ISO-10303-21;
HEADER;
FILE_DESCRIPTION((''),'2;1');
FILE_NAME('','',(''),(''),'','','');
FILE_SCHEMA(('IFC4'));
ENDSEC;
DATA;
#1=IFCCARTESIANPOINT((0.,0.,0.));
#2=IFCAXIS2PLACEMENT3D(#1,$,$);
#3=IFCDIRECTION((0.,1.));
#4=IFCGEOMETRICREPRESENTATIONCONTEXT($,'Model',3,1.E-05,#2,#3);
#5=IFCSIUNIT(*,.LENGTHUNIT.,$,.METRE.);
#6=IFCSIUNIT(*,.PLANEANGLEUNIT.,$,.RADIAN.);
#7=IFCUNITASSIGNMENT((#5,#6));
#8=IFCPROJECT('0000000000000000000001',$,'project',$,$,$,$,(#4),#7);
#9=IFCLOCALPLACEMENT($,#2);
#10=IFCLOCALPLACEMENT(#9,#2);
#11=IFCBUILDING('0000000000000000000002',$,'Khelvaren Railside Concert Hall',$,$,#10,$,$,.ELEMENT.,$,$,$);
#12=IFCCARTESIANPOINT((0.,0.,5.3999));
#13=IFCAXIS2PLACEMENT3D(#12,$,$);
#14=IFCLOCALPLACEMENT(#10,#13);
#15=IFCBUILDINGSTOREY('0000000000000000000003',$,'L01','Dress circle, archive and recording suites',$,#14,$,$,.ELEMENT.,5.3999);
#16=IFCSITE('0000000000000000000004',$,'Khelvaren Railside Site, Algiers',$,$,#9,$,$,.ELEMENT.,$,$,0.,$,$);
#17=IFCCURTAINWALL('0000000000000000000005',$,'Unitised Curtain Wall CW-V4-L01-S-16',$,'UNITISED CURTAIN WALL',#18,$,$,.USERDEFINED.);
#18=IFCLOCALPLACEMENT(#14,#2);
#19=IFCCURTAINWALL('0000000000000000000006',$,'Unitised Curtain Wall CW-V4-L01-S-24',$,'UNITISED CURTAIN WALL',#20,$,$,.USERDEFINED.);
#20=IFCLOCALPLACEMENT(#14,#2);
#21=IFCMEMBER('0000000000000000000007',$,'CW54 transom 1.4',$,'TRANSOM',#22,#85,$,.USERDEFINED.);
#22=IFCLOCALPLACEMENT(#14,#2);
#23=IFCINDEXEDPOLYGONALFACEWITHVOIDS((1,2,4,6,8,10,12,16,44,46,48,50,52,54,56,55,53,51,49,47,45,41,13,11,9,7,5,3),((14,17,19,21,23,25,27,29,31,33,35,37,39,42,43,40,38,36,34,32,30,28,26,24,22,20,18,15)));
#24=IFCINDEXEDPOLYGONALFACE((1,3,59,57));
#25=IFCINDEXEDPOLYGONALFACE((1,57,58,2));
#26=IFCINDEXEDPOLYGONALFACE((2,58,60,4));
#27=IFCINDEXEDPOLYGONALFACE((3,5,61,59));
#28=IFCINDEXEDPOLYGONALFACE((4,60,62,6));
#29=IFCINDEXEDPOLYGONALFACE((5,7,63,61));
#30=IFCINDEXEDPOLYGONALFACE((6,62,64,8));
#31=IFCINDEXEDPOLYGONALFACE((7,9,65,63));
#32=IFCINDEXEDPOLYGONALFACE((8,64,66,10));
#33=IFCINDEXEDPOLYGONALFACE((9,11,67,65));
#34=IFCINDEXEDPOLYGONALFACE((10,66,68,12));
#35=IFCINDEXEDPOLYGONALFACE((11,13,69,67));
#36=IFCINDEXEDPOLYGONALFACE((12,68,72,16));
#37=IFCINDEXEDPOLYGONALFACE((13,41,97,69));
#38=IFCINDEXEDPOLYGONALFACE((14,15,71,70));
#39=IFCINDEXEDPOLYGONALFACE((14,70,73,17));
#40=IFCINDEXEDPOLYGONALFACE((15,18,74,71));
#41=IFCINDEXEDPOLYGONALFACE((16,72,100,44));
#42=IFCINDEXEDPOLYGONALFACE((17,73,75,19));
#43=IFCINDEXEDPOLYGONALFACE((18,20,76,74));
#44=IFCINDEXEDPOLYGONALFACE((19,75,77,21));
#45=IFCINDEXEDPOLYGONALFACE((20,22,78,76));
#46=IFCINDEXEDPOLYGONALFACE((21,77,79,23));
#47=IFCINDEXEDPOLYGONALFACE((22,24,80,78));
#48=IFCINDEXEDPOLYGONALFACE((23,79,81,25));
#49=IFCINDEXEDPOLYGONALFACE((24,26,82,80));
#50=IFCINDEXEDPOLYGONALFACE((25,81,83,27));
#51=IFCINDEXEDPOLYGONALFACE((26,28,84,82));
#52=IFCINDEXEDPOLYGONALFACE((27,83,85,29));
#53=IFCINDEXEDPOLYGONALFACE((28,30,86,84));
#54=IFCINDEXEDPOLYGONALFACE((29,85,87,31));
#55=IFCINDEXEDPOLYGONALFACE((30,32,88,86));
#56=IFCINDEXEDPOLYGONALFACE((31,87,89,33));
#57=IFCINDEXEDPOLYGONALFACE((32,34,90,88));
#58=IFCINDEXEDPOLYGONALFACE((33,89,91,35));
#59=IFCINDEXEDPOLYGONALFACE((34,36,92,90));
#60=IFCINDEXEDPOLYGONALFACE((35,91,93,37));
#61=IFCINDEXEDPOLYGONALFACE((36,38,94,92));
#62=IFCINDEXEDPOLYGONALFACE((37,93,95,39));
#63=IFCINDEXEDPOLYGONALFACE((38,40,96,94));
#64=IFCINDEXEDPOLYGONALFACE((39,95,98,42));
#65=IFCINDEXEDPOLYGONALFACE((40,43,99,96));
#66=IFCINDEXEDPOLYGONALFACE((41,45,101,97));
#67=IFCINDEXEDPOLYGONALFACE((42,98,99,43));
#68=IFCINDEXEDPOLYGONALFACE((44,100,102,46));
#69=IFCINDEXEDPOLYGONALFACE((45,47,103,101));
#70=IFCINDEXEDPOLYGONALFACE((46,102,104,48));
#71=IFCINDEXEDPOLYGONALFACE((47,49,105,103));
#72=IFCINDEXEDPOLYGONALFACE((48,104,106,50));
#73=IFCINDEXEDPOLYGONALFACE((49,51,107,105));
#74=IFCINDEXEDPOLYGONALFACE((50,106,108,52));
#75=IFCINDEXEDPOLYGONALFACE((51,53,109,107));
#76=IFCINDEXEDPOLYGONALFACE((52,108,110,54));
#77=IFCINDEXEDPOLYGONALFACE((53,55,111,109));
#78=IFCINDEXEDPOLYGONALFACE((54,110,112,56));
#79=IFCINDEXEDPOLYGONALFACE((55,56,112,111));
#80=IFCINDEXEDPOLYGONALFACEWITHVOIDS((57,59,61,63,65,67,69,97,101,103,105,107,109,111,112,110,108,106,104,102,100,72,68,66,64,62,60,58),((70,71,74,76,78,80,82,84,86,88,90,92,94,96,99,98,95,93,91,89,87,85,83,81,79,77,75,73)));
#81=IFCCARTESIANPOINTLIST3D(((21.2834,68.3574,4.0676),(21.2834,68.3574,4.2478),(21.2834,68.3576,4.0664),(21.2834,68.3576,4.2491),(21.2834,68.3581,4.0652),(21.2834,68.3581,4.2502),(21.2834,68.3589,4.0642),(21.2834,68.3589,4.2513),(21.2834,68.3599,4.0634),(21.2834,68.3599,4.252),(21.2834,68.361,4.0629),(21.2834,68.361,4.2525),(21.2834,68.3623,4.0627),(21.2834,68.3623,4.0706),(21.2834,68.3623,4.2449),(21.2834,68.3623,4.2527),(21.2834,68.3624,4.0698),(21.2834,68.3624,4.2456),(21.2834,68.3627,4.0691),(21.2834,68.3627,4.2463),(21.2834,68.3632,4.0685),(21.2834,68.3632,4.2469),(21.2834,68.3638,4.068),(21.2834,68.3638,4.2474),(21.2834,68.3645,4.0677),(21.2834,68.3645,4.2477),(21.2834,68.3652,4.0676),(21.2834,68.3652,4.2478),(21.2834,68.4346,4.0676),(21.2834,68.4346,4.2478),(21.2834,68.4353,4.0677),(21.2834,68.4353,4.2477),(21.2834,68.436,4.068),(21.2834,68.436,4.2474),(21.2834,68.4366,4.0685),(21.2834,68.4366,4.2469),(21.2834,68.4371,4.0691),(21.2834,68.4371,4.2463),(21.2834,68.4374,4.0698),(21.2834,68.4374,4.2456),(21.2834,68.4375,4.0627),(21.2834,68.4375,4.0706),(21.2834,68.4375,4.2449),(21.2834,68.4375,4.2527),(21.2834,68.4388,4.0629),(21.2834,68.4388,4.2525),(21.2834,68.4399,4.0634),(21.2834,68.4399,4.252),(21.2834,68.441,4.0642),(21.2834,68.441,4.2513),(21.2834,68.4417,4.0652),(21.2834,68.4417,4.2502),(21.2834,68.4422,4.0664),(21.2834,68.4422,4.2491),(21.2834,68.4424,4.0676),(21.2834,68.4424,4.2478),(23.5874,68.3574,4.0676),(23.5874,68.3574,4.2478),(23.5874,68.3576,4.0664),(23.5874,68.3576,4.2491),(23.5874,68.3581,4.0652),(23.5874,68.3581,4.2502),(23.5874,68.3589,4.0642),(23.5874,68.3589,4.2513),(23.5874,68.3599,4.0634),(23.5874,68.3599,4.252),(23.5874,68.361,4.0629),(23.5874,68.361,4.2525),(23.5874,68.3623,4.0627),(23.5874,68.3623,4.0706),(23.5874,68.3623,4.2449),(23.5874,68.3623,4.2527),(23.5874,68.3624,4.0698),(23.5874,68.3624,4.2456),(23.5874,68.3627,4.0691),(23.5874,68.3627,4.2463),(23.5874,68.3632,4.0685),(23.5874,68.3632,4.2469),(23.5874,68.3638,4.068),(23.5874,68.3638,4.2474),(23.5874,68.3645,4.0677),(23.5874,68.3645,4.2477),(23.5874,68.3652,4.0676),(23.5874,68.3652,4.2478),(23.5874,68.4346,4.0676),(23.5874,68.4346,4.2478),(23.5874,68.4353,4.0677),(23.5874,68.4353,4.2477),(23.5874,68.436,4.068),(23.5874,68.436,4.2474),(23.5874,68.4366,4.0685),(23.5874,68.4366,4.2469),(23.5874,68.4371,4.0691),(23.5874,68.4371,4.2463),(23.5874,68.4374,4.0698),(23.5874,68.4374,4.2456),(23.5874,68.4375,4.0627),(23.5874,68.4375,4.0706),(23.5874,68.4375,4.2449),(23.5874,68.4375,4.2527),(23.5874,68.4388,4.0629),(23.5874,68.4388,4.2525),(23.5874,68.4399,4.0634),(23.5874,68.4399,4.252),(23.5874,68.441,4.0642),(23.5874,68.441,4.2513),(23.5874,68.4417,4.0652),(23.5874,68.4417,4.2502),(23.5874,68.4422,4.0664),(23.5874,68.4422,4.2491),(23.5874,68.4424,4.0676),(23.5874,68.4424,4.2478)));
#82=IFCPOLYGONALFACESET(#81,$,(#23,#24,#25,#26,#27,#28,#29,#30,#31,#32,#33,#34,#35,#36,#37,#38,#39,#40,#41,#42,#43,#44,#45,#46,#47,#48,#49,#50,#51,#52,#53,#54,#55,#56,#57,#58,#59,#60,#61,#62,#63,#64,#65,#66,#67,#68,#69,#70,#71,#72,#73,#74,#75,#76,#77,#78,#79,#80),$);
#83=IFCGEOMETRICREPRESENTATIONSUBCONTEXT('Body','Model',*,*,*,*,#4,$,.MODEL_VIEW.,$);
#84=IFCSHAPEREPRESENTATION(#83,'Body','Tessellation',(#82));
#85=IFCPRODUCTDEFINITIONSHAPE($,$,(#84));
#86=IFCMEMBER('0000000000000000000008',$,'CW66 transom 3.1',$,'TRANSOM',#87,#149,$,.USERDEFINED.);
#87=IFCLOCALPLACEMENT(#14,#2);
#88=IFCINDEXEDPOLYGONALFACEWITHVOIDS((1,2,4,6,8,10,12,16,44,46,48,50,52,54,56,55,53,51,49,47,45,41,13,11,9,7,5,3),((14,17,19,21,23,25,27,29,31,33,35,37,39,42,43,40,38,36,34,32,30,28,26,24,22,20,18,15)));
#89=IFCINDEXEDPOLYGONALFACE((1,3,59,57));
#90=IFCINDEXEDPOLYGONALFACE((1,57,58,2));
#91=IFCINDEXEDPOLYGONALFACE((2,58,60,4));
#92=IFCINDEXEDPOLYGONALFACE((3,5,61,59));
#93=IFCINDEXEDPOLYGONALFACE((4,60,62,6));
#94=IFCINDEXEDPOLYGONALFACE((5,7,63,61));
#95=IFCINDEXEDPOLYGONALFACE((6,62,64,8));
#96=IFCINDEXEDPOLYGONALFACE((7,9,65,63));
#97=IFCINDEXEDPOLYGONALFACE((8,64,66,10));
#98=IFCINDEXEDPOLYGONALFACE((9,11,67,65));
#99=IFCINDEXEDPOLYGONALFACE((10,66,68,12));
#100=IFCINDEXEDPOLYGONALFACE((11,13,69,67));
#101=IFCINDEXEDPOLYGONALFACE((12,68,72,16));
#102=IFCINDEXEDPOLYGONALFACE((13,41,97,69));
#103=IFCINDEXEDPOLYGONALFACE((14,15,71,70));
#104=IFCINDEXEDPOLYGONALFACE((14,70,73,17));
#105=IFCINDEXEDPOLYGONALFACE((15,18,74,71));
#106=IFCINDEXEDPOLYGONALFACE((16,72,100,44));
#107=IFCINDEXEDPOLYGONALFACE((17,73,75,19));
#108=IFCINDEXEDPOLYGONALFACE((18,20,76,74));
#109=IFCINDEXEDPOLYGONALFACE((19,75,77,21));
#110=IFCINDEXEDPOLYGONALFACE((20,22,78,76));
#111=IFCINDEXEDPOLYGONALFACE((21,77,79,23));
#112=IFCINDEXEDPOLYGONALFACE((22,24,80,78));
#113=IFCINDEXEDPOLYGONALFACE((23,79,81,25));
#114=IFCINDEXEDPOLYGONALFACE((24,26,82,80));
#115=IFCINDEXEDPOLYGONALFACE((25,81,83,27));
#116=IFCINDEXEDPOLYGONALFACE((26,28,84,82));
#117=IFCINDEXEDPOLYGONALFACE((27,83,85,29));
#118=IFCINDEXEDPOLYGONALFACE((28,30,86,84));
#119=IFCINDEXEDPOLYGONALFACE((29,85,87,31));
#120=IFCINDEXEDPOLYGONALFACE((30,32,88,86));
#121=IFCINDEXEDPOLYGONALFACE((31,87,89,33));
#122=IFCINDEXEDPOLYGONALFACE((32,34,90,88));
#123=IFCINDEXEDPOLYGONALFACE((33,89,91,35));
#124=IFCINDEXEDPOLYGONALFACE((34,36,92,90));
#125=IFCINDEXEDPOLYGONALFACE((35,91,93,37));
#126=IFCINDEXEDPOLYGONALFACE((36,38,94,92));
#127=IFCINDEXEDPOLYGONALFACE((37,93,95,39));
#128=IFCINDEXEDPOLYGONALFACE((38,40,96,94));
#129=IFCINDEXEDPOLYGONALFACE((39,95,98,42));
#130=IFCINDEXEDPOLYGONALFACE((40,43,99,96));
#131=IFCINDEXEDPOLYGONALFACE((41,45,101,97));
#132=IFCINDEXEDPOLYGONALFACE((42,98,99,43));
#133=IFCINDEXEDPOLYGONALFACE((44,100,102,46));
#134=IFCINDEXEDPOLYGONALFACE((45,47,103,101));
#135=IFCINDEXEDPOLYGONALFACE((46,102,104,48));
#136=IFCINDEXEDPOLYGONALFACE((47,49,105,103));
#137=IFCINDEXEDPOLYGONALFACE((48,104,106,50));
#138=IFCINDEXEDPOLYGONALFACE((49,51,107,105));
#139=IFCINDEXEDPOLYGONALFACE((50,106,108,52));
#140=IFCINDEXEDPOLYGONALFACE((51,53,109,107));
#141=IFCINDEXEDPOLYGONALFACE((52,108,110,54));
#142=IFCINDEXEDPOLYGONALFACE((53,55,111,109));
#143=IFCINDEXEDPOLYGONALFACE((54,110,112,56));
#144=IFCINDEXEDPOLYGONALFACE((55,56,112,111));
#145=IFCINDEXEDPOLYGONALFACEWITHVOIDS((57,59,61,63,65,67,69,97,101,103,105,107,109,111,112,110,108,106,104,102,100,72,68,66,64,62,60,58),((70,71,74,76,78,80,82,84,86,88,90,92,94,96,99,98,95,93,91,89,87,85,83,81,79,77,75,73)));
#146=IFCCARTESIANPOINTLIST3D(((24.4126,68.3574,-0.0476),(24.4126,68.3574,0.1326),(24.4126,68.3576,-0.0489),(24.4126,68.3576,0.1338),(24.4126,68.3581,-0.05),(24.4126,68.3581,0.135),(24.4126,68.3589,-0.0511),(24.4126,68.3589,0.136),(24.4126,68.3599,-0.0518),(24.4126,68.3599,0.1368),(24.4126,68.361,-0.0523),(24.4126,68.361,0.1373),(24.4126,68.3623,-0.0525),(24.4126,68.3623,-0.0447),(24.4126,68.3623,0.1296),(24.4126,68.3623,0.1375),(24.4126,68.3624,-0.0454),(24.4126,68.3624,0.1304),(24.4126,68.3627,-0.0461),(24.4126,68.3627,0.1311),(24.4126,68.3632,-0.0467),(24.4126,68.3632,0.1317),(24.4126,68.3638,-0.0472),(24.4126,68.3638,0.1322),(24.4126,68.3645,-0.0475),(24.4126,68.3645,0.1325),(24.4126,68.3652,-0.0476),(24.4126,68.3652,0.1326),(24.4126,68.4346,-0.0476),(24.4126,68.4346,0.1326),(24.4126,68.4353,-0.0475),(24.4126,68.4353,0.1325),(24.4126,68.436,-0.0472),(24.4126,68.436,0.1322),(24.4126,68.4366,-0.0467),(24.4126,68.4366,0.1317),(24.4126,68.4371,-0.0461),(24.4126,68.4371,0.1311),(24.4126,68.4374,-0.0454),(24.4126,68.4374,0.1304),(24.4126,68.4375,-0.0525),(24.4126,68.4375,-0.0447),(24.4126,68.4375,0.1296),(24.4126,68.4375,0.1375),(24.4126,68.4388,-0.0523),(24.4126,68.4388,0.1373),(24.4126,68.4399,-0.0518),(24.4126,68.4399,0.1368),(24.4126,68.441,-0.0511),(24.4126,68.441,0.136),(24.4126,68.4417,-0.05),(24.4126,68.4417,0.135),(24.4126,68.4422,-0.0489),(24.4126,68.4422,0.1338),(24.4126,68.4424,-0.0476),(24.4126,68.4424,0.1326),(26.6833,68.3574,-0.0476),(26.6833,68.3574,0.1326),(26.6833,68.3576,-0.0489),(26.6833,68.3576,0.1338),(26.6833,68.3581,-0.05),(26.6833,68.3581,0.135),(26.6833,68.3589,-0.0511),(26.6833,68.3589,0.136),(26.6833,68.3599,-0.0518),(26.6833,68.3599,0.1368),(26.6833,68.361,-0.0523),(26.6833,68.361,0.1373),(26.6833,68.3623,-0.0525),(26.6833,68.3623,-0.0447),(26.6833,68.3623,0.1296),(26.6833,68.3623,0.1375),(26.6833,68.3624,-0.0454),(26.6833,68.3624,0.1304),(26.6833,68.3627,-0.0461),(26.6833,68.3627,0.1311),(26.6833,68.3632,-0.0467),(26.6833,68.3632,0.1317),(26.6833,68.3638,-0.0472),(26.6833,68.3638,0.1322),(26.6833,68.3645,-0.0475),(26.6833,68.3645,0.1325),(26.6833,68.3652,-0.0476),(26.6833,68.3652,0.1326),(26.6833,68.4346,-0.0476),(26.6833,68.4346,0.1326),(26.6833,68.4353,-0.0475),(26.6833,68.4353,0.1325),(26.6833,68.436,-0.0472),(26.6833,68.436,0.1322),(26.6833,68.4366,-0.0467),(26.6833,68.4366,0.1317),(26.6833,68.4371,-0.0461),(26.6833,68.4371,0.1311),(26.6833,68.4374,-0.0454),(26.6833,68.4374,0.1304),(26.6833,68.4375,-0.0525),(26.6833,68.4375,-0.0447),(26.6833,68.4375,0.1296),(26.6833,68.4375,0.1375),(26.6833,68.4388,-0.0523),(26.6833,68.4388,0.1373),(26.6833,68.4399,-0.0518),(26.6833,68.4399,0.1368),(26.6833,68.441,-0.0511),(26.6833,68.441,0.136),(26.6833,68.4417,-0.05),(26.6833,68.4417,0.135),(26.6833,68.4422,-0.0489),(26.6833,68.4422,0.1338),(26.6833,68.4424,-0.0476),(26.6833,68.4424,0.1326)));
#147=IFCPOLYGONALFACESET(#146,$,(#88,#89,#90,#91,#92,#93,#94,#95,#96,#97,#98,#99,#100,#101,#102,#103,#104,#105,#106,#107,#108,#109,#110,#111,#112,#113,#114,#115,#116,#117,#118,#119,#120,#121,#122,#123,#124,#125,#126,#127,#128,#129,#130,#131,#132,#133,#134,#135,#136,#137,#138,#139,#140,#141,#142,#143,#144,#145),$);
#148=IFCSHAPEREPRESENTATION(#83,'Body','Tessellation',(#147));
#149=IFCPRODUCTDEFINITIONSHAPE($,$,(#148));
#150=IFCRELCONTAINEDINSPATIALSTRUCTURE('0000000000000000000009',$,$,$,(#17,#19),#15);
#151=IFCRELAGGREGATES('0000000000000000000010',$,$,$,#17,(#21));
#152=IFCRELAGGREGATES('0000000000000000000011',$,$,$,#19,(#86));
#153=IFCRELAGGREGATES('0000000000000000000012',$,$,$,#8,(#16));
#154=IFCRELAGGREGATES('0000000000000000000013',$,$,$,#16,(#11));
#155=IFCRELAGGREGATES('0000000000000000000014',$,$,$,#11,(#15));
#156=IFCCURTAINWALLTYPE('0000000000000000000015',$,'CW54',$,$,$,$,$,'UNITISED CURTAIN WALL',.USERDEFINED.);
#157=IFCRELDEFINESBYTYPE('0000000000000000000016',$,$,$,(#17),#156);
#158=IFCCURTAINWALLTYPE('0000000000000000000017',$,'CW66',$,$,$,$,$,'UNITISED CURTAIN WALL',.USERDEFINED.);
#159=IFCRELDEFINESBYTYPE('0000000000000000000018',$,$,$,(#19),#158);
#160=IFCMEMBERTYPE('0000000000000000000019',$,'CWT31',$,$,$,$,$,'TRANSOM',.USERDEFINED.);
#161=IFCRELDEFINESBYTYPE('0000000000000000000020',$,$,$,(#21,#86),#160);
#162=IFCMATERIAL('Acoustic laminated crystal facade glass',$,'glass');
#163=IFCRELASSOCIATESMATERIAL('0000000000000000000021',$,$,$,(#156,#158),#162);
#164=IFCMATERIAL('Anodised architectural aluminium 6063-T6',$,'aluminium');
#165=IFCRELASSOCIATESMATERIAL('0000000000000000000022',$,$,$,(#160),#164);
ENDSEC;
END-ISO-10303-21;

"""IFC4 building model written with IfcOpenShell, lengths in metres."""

from ifc_helpers import new_model, si_unit, direction, frame, origin, origin_2d, place, context, subcontext, project, spatial, hollow_rectangle, extrude, material, material_profile, profile_set, type_object, element, aggregate, save


model = new_model("IFC4")

# Units and contexts
model_context = context("Model", 3, precision=1e-05, world=origin(), true_north=direction((0.0, 1.0)))
body_context = subcontext(model_context, "Body", "Model", "MODEL_VIEW")
ifc_project = project(units=[si_unit("LENGTHUNIT", "METRE"), si_unit("PLANEANGLEUNIT", "RADIAN")], contexts=[model_context])

# Site, building, storey
site_placement = place(None, origin())
site = spatial("IfcSite", under=ifc_project, at=site_placement, Name="Khelvaren Railside Site, Algiers", CompositionType="ELEMENT", RefElevation=0.0)
building_placement = place(site_placement, origin())
building = spatial("IfcBuilding", under=site, at=building_placement, Name="Khelvaren Railside Concert Hall", CompositionType="ELEMENT")
storey_placement = place(building_placement, frame((0.0, 0.0, 5.3999)))
storey = spatial("IfcBuildingStorey", under=building, at=storey_placement, Name="L01", Description="Dress circle, archive and recording suites", CompositionType="ELEMENT", Elevation=5.3999)

# Curtain wall
ifc_material_1 = material(Name="Acoustic laminated crystal facade glass", Category="glass")
curtain_wall_type_1 = type_object("IfcCurtainWallType", Name="CW54", ElementType="UNITISED CURTAIN WALL", PredefinedType="USERDEFINED", material=ifc_material_1)
curtain_wall_1_placement = place(storey_placement, origin())
curtain_wall_1 = element("IfcCurtainWall", 1, at=curtain_wall_1_placement, inside=storey, type_object=curtain_wall_type_1, Name="Unitised Curtain Wall CW-V4-L01-S-16", ObjectType="UNITISED CURTAIN WALL", PredefinedType="USERDEFINED")
ifc_material_2 = material(Name="Anodised architectural aluminium 6063-T6", Category="aluminium")

# Curtain wall
curtain_wall_type_2 = type_object("IfcCurtainWallType", Name="CW66", ElementType="UNITISED CURTAIN WALL", PredefinedType="USERDEFINED", material=ifc_material_1)
curtain_wall_2_placement = place(storey_placement, origin())
curtain_wall_2 = element("IfcCurtainWall", 2, at=curtain_wall_2_placement, inside=storey, type_object=curtain_wall_type_2, Name="Unitised Curtain Wall CW-V4-L01-S-24", ObjectType="UNITISED CURTAIN WALL", PredefinedType="USERDEFINED")

# Members
ifc_material_profile_1 = material_profile(ifc_material_2, hollow_rectangle(XDim=0.085, YDim=0.1899, WallThickness=0.0049, InnerFilletRadius=0.0029, OuterFilletRadius=0.0049, at=origin_2d()), Name="CWT 85x190x5")
ifc_profile_set_1 = profile_set([ifc_material_profile_1], Name="Anodised architectural aluminium 6063-T6")
member_type_1 = type_object("IfcMemberType", Name="CWT31", ElementType="TRANSOM", PredefinedType="USERDEFINED", material=ifc_profile_set_1)
member_1_placement = place(storey_placement, frame((23.5874, 68.3999, 4.1577), z_axis=(-1.0, 0.0, 0.0), x_axis=(0.0, -1.0, 0.0)))
member_1 = element("IfcMember", 3, at=member_1_placement, type_object=member_type_1, Name="CW54 transom 1.4", ObjectType="TRANSOM", PredefinedType="USERDEFINED", context=body_context, shape_type="SweptSolid", body=[
    extrude(hollow_rectangle(XDim=0.085, YDim=0.1899, WallThickness=0.0049, InnerFilletRadius=0.0029, OuterFilletRadius=0.0049, at=origin_2d()), origin(), (0.0, 0.0, 1.0), 2.304),
])
member_2_placement = place(storey_placement, frame((26.6833, 68.3999, 0.0425), z_axis=(-1.0, 0.0, 0.0), x_axis=(0.0, -1.0, 0.0)))
member_2 = element("IfcMember", 4, at=member_2_placement, type_object=member_type_1, Name="CW66 transom 3.1", ObjectType="TRANSOM", PredefinedType="USERDEFINED", context=body_context, shape_type="SweptSolid", body=[
    extrude(hollow_rectangle(XDim=0.085, YDim=0.1899, WallThickness=0.0049, InnerFilletRadius=0.0029, OuterFilletRadius=0.0049, at=origin_2d()), origin(), (0.0, 0.0, 1.0), 2.2708),
])

aggregate(curtain_wall_1, [member_1])
aggregate(curtain_wall_2, [member_2])

save(model, "model.ifc")
